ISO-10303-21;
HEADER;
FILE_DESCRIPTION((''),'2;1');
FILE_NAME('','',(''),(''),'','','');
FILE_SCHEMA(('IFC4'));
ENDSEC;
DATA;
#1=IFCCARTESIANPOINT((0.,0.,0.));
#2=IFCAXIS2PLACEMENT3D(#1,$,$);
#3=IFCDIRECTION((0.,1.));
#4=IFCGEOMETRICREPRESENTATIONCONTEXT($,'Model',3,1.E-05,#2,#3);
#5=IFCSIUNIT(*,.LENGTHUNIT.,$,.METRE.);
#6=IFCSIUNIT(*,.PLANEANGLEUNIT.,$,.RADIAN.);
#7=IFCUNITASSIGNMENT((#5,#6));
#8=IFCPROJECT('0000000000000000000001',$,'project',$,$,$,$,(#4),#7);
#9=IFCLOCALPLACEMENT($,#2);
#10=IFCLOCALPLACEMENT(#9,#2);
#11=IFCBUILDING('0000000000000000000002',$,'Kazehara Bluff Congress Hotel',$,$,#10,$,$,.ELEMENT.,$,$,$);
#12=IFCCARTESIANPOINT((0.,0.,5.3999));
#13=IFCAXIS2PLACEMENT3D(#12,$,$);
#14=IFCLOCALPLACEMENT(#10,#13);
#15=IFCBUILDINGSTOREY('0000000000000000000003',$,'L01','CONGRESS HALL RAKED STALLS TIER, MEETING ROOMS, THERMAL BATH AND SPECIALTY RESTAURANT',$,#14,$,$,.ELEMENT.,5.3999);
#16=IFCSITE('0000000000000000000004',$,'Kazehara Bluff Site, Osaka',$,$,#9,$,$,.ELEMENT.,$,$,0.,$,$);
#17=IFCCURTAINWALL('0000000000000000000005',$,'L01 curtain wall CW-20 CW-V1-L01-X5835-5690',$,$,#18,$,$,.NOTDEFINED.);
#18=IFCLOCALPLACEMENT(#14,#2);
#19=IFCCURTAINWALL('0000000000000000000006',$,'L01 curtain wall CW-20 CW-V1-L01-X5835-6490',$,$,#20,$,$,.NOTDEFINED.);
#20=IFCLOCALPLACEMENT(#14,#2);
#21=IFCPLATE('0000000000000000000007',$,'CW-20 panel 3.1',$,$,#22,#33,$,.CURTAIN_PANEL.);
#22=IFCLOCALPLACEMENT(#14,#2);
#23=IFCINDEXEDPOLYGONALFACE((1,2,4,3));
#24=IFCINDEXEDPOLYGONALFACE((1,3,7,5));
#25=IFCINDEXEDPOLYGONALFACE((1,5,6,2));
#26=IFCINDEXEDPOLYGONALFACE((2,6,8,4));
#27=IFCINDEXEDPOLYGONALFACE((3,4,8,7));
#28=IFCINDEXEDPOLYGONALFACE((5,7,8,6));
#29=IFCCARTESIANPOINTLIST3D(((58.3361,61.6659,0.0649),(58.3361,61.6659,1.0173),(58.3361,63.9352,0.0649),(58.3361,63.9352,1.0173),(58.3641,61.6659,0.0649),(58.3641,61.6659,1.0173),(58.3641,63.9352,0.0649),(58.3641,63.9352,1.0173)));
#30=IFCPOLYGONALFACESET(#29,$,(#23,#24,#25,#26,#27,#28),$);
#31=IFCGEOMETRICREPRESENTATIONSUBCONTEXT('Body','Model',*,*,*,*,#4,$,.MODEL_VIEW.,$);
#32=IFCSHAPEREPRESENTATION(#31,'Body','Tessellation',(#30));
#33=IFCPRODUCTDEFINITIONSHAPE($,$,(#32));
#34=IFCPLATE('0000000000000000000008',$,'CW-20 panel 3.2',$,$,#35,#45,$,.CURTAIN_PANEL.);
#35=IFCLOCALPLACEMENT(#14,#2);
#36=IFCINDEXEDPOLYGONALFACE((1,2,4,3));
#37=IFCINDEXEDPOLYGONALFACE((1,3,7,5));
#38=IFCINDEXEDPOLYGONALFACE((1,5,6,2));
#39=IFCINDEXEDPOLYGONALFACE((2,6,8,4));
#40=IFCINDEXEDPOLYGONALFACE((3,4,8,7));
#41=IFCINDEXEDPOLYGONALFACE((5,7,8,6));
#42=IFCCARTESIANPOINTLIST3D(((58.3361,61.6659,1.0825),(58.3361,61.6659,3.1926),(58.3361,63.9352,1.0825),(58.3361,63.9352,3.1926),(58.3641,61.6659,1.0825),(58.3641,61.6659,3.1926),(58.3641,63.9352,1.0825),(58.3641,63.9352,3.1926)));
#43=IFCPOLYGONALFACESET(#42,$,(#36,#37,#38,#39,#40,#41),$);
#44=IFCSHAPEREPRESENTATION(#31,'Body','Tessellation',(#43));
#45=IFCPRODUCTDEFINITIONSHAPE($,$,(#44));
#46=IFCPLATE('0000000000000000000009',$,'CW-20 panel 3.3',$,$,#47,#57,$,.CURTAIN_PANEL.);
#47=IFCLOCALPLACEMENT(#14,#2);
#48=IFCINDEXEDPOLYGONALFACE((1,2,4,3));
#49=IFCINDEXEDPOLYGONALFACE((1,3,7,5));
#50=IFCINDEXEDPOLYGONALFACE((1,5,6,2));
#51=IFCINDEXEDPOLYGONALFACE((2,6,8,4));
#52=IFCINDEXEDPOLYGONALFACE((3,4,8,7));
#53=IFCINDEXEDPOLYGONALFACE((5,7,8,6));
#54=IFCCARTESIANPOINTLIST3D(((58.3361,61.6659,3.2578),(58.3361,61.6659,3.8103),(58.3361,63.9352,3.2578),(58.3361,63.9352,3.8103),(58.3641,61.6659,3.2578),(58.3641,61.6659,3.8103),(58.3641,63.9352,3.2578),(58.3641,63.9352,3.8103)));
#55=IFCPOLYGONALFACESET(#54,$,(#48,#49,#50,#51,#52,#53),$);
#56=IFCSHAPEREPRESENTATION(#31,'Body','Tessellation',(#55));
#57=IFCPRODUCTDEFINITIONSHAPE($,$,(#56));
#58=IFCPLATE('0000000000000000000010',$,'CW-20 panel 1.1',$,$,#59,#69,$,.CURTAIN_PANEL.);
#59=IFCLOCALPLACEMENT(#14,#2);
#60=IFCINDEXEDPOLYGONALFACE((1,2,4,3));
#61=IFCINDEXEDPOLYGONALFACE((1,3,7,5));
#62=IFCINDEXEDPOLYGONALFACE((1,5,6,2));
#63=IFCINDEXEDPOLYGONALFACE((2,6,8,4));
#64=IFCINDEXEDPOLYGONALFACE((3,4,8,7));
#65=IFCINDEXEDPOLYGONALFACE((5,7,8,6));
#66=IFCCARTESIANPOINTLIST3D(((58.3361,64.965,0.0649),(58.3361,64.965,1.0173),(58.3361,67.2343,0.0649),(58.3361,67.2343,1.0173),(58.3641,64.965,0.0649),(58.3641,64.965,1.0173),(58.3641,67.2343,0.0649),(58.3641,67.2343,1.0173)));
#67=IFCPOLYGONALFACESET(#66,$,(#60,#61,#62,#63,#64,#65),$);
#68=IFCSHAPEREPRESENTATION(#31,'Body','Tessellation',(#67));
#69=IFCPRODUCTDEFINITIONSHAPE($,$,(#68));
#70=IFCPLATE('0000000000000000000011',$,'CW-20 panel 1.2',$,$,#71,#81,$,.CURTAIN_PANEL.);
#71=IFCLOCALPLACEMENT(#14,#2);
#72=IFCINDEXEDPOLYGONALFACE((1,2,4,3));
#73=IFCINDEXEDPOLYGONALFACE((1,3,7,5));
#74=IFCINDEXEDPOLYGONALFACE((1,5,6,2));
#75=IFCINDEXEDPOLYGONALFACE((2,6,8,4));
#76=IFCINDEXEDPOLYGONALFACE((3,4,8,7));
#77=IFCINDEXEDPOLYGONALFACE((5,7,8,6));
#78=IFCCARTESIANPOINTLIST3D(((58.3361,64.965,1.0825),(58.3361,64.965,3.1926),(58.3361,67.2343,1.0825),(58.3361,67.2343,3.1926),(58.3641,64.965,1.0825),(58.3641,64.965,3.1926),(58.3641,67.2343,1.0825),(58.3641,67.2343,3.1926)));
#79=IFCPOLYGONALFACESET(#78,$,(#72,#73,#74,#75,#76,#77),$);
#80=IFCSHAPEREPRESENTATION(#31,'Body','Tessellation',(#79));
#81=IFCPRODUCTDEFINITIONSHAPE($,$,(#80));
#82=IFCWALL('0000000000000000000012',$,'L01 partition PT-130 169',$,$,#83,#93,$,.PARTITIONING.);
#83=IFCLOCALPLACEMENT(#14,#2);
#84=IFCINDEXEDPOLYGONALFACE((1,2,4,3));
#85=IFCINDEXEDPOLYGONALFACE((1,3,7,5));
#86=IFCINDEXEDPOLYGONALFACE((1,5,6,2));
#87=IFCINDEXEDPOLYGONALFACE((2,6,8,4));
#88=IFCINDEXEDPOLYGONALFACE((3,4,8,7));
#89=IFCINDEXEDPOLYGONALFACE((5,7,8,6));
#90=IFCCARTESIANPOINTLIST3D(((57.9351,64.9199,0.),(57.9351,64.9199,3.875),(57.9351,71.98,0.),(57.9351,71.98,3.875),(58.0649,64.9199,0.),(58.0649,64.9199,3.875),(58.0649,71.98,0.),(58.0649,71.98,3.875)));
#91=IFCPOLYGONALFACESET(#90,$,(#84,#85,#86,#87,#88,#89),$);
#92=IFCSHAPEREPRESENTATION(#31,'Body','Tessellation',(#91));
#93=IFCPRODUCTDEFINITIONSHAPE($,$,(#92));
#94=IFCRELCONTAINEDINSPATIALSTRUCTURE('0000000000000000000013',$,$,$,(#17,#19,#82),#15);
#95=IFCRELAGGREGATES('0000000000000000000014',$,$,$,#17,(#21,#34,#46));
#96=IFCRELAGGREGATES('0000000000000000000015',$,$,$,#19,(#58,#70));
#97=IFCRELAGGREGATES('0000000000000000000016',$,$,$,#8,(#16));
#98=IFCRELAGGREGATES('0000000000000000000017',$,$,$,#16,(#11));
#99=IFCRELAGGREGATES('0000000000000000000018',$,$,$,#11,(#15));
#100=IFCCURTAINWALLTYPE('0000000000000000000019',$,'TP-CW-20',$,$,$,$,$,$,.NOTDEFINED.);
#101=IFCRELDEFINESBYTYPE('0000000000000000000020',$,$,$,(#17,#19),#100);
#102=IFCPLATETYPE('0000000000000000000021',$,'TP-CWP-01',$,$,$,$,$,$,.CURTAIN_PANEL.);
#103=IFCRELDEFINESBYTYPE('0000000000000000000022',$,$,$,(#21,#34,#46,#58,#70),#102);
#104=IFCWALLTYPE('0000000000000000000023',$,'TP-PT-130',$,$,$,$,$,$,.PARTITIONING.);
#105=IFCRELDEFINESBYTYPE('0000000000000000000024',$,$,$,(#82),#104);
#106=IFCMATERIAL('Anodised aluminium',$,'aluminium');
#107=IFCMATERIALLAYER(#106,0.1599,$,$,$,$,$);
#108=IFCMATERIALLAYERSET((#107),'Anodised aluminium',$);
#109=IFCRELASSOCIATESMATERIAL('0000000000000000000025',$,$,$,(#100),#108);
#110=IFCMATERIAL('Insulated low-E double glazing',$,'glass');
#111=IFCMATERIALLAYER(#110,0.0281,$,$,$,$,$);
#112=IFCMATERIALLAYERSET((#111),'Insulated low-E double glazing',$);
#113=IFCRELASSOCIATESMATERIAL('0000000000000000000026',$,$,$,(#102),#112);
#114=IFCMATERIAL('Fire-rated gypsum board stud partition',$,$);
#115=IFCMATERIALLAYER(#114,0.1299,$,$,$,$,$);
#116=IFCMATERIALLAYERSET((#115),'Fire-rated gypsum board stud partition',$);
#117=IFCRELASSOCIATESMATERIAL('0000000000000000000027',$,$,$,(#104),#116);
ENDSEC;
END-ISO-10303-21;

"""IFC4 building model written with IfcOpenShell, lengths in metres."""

from ifc_helpers import new_model, si_unit, direction, frame, frame_2d, origin, origin_2d, place, context, subcontext, project, spatial, rectangle, extrude, material, layer, layer_set, type_object, element, aggregate, save


model = new_model("IFC4")

# Units and contexts
model_context = context("Model", 3, precision=1e-05, world=origin(), true_north=direction((0.0, 1.0)))
body_context = subcontext(model_context, "Body", "Model", "MODEL_VIEW")
ifc_project = project(units=[si_unit("LENGTHUNIT", "METRE"), si_unit("PLANEANGLEUNIT", "RADIAN")], contexts=[model_context])

# Site, building, storey
site_placement = place(None, origin())
site = spatial("IfcSite", under=ifc_project, at=site_placement, Name="Kazehara Bluff Site, Osaka", CompositionType="ELEMENT", RefElevation=0.0)
building_placement = place(site_placement, origin())
building = spatial("IfcBuilding", under=site, at=building_placement, Name="Kazehara Bluff Congress Hotel", CompositionType="ELEMENT")
storey_placement = place(building_placement, frame((0.0, 0.0, 5.3999)))
storey = spatial("IfcBuildingStorey", under=building, at=storey_placement, Name="L01", Description="CONGRESS HALL RAKED STALLS TIER, MEETING ROOMS, THERMAL BATH AND SPECIALTY RESTAURANT", CompositionType="ELEMENT", Elevation=5.3999)

# Curtain wall
ifc_material_1 = material(Name="Anodised aluminium", Category="aluminium")
ifc_layer_1 = layer(ifc_material_1, 0.1599)
ifc_layer_set_1 = layer_set([ifc_layer_1], Name="Anodised aluminium")
curtain_wall_type = type_object("IfcCurtainWallType", Name="TP-CW-20", PredefinedType="NOTDEFINED", material=ifc_layer_set_1)
curtain_wall_1_placement = place(storey_placement, origin())
curtain_wall_1 = element("IfcCurtainWall", 1, at=curtain_wall_1_placement, inside=storey, type_object=curtain_wall_type, Name="L01 curtain wall CW-20 CW-V1-L01-X5835-5690", PredefinedType="NOTDEFINED")

# Curtain wall
curtain_wall_2_placement = place(storey_placement, origin())
curtain_wall_2 = element("IfcCurtainWall", 2, at=curtain_wall_2_placement, inside=storey, type_object=curtain_wall_type, Name="L01 curtain wall CW-20 CW-V1-L01-X5835-6490", PredefinedType="NOTDEFINED")

# Plates
ifc_material_2 = material(Name="Insulated low-E double glazing", Category="glass")
ifc_layer_2 = layer(ifc_material_2, 0.0281)
ifc_layer_set_2 = layer_set([ifc_layer_2], Name="Insulated low-E double glazing")
plate_type = type_object("IfcPlateType", Name="TP-CWP-01", PredefinedType="CURTAIN_PANEL", material=ifc_layer_set_2)
plate_1_placement = place(storey_placement, frame((58.3501, 62.8005, 0.0649), z_axis=(0.0, 0.0, 1.0), x_axis=(0.0, 1.0, 0.0)))
plate_1 = element("IfcPlate", 3, at=plate_1_placement, type_object=plate_type, Name="CW-20 panel 3.1", PredefinedType="CURTAIN_PANEL", context=body_context, shape_type="SweptSolid", body=[
    extrude(rectangle(XDim=2.2693, YDim=0.0281, at=origin_2d()), origin(), (0.0, 0.0, 1.0), 0.9524),
])
plate_2_placement = place(storey_placement, frame((58.3501, 62.8005, 1.0825), z_axis=(0.0, 0.0, 1.0), x_axis=(0.0, 1.0, 0.0)))
plate_2 = element("IfcPlate", 4, at=plate_2_placement, type_object=plate_type, Name="CW-20 panel 3.2", PredefinedType="CURTAIN_PANEL", context=body_context, shape_type="SweptSolid", body=[
    extrude(rectangle(XDim=2.2693, YDim=0.0281, at=origin_2d()), origin(), (0.0, 0.0, 1.0), 2.1101),
])
plate_3_placement = place(storey_placement, frame((58.3501, 62.8005, 3.2578), z_axis=(0.0, 0.0, 1.0), x_axis=(0.0, 1.0, 0.0)))
plate_3 = element("IfcPlate", 5, at=plate_3_placement, type_object=plate_type, Name="CW-20 panel 3.3", PredefinedType="CURTAIN_PANEL", context=body_context, shape_type="SweptSolid", body=[
    extrude(rectangle(XDim=2.2693, YDim=0.0281, at=origin_2d()), origin(), (0.0, 0.0, 1.0), 0.5525),
])
aggregate(curtain_wall_1, [plate_1, plate_2, plate_3])
plate_4_placement = place(storey_placement, frame((58.3501, 66.0996, 0.0649), z_axis=(0.0, 0.0, 1.0), x_axis=(0.0, 1.0, 0.0)))
plate_4 = element("IfcPlate", 6, at=plate_4_placement, type_object=plate_type, Name="CW-20 panel 1.1", PredefinedType="CURTAIN_PANEL", context=body_context, shape_type="SweptSolid", body=[
    extrude(rectangle(XDim=2.2693, YDim=0.0281, at=origin_2d()), origin(), (0.0, 0.0, 1.0), 0.9524),
])
plate_5_placement = place(storey_placement, frame((58.3501, 66.0996, 1.0825), z_axis=(0.0, 0.0, 1.0), x_axis=(0.0, 1.0, 0.0)))
plate_5 = element("IfcPlate", 7, at=plate_5_placement, type_object=plate_type, Name="CW-20 panel 1.2", PredefinedType="CURTAIN_PANEL", context=body_context, shape_type="SweptSolid", body=[
    extrude(rectangle(XDim=2.2693, YDim=0.0281, at=origin_2d()), origin(), (0.0, 0.0, 1.0), 2.1101),
])
aggregate(curtain_wall_2, [plate_4, plate_5])

# Wall
ifc_material_3 = material(Name="Fire-rated gypsum board stud partition")
ifc_layer_3 = layer(ifc_material_3, 0.1299)
ifc_layer_set_3 = layer_set([ifc_layer_3], Name="Fire-rated gypsum board stud partition")
wall_type = type_object("IfcWallType", Name="TP-PT-130", PredefinedType="PARTITIONING", material=ifc_layer_set_3)
wall_placement = place(storey_placement, frame((58.0, 64.9199, 0.0), z_axis=(0.0, 0.0, 1.0), x_axis=(0.0, 1.0, 0.0)))
element("IfcWall", 8, at=wall_placement, inside=storey, type_object=wall_type, Name="L01 partition PT-130 169", PredefinedType="PARTITIONING", context=body_context, shape_type="SweptSolid", body=[
    extrude(rectangle(XDim=7.0601, YDim=0.1299, at=frame_2d((3.53, 0.0))), origin(), (0.0, 0.0, 1.0), 3.875),
])

save(model, "model.ifc")
